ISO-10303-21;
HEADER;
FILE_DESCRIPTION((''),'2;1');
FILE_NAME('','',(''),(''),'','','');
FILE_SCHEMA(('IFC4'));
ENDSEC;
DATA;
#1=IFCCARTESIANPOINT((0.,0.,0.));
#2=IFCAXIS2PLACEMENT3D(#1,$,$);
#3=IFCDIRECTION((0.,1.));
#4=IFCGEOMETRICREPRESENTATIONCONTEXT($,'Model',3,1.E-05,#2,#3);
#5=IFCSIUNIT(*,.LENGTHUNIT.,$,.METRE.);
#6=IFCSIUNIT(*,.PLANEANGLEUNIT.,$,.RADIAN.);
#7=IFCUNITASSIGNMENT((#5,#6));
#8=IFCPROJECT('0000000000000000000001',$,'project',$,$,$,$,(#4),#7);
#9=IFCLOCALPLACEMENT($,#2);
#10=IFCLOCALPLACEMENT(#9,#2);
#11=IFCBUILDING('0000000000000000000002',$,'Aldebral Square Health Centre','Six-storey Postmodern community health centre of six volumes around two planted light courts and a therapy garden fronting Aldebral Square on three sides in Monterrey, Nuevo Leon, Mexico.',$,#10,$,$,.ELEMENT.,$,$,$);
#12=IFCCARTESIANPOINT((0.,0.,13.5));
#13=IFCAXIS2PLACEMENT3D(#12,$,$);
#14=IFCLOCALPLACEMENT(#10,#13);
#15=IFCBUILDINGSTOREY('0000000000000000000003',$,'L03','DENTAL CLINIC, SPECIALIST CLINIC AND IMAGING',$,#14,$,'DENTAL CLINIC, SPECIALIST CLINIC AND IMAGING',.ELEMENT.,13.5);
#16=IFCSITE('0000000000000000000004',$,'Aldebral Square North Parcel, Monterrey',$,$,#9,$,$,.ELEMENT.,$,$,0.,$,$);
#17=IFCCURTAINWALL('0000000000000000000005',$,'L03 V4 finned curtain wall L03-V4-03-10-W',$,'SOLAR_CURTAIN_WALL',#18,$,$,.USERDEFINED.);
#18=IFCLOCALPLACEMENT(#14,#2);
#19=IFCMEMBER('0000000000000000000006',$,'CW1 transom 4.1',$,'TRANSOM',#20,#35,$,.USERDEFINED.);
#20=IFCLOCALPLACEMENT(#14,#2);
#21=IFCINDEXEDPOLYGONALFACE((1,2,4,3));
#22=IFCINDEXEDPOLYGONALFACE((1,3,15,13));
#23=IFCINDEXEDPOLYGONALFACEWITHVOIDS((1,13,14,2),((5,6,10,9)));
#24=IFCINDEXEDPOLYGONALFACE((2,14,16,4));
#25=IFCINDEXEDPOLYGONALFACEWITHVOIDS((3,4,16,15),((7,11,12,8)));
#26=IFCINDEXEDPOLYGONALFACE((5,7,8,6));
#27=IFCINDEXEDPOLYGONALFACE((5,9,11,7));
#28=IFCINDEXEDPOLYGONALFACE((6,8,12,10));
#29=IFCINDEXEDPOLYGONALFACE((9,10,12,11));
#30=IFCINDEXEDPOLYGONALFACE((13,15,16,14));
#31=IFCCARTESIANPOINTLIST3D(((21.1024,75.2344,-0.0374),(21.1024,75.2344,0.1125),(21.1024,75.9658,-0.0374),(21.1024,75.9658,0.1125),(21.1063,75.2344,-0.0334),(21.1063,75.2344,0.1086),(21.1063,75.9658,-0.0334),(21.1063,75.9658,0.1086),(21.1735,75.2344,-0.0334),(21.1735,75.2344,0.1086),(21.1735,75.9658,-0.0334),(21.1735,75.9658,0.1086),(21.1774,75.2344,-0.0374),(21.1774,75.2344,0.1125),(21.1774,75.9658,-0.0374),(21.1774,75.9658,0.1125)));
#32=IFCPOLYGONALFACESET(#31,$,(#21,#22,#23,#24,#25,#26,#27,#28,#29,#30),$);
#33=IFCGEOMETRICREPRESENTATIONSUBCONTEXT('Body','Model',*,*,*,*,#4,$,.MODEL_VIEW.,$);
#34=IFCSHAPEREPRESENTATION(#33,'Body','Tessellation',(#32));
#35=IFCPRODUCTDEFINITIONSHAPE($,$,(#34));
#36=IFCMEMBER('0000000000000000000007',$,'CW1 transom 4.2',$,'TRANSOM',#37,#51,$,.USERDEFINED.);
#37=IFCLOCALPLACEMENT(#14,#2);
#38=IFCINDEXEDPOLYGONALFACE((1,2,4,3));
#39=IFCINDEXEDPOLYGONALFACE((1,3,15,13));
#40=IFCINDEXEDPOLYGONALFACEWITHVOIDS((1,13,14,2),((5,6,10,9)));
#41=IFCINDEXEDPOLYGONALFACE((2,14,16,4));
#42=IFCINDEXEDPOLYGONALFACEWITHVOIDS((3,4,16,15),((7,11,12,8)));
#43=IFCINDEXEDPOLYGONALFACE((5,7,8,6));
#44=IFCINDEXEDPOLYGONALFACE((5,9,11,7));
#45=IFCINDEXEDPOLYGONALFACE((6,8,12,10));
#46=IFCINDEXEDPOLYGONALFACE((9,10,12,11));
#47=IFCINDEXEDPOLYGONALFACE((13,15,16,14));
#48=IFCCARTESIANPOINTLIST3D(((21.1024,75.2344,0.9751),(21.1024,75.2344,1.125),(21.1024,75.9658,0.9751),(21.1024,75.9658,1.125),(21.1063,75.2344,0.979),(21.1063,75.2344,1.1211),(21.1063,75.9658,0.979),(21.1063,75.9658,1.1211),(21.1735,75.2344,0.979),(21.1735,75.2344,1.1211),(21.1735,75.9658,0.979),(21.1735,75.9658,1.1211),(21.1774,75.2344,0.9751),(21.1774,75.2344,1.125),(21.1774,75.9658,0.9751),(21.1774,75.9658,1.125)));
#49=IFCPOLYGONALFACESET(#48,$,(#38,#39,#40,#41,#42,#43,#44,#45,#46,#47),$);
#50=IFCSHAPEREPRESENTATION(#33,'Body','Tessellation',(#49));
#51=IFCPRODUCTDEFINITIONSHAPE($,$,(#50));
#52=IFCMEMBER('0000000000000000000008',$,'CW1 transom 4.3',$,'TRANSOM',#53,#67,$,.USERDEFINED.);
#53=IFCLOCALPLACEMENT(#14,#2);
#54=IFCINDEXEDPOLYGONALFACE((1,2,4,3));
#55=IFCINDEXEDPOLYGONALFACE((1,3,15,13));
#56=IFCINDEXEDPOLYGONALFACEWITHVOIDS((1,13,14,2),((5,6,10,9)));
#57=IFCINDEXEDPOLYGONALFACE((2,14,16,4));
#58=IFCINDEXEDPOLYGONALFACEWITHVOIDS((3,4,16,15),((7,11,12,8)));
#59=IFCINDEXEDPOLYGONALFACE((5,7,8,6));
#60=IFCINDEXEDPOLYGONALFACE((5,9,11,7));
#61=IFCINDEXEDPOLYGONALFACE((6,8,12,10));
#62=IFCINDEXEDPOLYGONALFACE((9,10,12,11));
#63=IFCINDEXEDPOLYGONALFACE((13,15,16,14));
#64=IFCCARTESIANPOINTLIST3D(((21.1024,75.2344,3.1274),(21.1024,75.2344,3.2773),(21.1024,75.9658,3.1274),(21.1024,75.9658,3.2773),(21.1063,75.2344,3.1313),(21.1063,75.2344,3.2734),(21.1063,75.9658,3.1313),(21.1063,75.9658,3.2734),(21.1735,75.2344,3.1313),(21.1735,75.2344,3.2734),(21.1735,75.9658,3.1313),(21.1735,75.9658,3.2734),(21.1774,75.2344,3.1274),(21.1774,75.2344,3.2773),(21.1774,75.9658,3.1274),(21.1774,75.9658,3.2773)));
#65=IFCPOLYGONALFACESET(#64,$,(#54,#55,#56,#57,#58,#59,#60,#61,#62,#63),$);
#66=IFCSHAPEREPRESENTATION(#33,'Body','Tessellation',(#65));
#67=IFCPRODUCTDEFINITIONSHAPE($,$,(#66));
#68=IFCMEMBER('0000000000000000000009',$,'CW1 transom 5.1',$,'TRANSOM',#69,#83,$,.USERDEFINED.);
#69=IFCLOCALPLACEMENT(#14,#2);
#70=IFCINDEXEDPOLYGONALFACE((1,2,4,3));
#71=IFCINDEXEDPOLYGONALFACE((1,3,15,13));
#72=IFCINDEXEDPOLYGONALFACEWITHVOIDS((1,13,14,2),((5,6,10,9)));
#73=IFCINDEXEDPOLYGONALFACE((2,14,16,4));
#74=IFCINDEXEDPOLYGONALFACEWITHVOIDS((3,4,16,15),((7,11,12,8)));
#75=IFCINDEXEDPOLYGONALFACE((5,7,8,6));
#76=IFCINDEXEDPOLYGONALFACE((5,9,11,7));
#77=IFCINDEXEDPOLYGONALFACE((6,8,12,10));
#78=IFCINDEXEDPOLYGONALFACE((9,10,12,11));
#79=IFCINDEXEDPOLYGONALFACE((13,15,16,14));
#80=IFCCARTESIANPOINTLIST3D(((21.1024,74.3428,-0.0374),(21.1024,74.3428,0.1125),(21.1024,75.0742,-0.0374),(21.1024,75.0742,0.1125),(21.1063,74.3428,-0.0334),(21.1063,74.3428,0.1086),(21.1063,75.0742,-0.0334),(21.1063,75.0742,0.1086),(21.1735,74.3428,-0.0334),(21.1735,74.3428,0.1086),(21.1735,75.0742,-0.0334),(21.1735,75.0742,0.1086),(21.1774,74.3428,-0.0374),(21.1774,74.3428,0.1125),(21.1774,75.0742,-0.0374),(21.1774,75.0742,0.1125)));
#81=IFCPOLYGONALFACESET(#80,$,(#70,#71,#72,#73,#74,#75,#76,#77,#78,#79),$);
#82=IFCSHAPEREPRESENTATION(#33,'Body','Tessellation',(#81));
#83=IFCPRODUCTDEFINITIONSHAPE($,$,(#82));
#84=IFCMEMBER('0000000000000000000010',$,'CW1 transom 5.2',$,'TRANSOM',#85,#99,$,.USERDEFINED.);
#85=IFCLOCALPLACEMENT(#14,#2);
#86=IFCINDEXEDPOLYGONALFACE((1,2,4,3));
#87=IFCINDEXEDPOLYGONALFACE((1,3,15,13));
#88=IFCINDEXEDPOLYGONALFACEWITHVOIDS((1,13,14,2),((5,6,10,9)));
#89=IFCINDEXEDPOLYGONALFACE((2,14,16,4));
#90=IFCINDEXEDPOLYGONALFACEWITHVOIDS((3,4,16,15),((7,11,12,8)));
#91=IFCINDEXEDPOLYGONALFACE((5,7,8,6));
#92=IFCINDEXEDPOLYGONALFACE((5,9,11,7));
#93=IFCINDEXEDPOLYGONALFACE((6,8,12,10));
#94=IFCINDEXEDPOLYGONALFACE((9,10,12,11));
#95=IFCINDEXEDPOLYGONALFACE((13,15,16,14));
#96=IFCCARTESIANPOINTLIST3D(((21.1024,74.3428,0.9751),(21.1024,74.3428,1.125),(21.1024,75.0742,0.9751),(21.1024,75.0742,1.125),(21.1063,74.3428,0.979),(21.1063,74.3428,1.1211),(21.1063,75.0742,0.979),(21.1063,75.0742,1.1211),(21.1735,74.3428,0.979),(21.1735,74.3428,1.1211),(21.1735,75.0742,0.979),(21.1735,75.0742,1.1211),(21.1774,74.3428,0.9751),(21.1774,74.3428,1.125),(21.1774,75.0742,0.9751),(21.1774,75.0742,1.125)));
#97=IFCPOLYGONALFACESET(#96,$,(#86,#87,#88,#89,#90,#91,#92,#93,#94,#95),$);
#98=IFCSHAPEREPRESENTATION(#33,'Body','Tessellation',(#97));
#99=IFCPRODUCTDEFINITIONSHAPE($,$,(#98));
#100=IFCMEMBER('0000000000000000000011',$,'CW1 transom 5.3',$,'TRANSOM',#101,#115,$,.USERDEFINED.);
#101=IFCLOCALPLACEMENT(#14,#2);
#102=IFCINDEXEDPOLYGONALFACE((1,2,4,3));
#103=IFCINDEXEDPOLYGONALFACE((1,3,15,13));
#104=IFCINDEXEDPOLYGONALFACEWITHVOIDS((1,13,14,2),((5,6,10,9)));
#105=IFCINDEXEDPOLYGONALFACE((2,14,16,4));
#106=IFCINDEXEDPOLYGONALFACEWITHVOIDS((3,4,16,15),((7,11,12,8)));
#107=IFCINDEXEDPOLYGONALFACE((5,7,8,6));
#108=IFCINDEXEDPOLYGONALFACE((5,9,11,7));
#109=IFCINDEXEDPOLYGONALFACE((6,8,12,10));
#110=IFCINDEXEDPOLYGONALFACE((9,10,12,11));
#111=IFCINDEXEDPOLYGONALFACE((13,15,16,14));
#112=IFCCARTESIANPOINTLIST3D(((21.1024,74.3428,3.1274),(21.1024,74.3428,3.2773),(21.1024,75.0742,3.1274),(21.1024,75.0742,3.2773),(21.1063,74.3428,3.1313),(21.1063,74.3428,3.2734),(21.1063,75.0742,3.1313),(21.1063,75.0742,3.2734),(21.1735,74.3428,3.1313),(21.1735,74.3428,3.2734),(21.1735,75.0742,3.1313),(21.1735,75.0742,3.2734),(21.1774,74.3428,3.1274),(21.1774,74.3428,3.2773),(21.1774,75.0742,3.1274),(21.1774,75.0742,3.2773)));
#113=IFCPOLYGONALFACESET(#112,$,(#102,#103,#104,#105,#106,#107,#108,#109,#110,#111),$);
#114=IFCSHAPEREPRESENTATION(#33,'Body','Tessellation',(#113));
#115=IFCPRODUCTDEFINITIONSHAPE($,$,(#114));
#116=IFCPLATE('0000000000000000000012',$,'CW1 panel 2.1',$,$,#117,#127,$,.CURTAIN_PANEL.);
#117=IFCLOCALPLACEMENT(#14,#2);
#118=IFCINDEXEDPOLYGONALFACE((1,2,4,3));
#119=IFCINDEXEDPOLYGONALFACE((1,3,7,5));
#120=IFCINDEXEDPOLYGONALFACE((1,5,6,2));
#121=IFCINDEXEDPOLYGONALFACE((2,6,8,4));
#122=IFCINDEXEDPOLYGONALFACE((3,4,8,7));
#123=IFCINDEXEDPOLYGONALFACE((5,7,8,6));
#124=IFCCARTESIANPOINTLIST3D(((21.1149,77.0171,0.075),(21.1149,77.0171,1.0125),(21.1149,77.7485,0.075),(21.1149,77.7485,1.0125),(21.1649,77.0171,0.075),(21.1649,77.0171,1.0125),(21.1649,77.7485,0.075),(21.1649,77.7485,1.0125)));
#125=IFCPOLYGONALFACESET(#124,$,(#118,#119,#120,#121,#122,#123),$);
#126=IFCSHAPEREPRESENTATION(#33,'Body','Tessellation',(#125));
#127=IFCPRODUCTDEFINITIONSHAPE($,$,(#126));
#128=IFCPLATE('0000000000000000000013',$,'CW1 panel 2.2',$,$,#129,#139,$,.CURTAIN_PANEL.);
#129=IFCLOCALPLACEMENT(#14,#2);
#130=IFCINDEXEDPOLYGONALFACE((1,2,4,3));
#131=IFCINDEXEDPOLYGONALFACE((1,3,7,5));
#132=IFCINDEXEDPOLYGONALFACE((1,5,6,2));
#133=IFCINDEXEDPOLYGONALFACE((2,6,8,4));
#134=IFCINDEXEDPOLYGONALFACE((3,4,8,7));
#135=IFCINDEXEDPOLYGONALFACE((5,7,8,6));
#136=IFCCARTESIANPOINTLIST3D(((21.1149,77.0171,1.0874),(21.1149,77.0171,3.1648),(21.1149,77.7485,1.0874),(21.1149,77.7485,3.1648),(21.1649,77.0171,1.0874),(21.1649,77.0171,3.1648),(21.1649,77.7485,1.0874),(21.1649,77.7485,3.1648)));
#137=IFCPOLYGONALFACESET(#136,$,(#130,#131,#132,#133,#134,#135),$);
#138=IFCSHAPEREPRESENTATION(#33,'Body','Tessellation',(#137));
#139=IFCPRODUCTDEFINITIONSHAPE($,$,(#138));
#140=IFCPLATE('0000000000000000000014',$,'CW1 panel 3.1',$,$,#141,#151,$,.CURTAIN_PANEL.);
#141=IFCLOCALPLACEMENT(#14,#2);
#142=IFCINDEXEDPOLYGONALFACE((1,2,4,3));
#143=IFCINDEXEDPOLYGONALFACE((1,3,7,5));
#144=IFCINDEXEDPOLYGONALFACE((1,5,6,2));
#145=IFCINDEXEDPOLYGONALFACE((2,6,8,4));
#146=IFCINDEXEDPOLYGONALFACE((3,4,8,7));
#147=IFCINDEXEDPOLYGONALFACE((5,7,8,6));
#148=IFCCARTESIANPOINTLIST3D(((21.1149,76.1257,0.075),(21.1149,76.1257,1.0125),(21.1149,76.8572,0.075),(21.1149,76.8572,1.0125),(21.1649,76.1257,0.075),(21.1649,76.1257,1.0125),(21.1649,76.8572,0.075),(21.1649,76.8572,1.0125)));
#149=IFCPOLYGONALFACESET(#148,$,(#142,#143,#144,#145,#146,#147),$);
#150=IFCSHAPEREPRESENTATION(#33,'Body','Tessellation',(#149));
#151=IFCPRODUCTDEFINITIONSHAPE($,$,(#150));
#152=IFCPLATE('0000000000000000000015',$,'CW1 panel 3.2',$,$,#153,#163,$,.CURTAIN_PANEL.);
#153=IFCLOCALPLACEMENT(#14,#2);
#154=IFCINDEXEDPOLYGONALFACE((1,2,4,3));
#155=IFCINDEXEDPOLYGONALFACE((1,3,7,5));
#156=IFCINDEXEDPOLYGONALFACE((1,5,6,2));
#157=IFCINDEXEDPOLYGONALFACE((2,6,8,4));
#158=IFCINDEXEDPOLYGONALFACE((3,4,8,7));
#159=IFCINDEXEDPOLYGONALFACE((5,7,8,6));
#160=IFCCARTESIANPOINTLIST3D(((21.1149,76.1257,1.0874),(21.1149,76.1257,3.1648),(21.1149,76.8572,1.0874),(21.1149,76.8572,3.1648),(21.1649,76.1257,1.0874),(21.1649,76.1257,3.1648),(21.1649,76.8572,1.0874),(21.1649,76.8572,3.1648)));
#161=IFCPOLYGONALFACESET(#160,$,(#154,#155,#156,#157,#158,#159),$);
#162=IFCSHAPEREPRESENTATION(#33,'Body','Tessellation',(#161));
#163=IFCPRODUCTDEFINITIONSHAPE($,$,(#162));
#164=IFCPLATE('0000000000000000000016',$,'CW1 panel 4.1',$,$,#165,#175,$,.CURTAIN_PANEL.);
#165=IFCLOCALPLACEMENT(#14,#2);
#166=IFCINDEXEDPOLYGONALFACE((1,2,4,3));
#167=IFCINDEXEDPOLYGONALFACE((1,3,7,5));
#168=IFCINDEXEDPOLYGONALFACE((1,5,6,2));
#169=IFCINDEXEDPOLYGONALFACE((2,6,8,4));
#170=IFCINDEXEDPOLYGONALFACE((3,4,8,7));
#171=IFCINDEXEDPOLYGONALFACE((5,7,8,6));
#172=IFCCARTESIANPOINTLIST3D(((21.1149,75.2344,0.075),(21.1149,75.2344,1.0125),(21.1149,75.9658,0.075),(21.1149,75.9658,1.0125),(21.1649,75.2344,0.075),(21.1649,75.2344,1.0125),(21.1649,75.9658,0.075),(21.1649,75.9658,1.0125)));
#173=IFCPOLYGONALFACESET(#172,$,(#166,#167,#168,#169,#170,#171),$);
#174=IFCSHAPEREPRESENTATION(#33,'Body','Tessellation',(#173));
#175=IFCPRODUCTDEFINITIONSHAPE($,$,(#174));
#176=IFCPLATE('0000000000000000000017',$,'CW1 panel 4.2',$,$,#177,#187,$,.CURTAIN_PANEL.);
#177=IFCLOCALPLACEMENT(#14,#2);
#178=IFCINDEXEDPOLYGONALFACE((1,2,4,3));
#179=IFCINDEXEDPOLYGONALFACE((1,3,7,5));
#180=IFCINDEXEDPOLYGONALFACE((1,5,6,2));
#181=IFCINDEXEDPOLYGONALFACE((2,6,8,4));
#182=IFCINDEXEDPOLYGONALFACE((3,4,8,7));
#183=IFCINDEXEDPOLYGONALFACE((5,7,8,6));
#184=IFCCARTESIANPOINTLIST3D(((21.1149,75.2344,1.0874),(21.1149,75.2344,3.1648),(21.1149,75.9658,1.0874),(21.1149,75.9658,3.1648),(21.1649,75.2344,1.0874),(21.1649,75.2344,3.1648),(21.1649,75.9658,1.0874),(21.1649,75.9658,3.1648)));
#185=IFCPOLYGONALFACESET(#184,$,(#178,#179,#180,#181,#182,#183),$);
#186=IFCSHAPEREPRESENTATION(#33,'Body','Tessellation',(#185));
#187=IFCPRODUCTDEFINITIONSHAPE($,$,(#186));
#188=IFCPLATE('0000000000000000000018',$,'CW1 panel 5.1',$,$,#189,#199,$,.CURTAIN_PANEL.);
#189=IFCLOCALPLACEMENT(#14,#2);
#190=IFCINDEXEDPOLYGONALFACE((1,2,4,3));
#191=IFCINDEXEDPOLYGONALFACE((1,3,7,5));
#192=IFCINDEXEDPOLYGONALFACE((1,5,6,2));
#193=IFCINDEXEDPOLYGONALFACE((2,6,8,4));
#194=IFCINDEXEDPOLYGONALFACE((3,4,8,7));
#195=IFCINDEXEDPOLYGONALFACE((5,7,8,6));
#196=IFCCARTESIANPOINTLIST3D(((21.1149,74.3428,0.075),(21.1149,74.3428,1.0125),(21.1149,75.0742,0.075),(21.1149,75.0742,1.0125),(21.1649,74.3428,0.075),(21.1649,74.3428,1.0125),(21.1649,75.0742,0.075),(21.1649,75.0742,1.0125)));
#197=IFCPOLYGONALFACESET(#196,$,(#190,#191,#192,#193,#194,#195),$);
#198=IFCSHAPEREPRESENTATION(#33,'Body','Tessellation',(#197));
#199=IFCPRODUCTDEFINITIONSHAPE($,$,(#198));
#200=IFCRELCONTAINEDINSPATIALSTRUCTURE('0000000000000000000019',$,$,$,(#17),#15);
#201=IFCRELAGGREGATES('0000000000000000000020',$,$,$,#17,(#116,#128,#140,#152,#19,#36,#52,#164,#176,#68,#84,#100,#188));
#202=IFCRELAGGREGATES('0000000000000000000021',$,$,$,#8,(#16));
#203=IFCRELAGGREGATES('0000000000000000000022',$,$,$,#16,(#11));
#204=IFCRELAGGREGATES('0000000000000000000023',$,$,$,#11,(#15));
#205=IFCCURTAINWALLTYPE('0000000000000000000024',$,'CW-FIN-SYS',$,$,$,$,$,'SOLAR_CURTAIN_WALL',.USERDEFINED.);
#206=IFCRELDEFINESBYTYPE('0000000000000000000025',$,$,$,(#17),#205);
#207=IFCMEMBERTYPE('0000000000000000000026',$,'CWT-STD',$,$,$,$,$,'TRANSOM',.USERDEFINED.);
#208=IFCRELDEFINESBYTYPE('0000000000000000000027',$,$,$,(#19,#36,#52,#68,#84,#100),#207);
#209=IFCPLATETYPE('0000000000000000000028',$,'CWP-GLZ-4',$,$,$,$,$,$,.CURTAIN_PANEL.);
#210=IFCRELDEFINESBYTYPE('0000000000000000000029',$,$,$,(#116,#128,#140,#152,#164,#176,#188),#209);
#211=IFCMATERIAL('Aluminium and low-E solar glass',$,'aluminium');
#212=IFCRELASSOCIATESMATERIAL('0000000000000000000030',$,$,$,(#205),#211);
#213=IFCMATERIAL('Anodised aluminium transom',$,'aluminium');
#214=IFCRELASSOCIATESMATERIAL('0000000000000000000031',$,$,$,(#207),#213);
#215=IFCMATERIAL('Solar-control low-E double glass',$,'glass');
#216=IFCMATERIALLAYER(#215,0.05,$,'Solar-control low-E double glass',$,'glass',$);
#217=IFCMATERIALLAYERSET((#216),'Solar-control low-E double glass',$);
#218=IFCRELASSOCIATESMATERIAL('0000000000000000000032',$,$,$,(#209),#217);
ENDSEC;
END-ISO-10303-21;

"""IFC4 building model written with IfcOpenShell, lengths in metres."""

from ifc_helpers import new_model, si_unit, direction, frame, origin, origin_2d, place, context, subcontext, project, spatial, rectangle, hollow_rectangle, extrude, material, layer, layer_set, material_profile, profile_set, type_object, element, aggregate, save


model = new_model("IFC4")

# Units and contexts
model_context = context("Model", 3, precision=1e-05, world=origin(), true_north=direction((0.0, 1.0)))
body_context = subcontext(model_context, "Body", "Model", "MODEL_VIEW")
ifc_project = project(units=[si_unit("LENGTHUNIT", "METRE"), si_unit("PLANEANGLEUNIT", "RADIAN")], contexts=[model_context])

# Site, building, storey
site_placement = place(None, origin())
site = spatial("IfcSite", under=ifc_project, at=site_placement, Name="Aldebral Square North Parcel, Monterrey", CompositionType="ELEMENT", RefElevation=0.0)
building_placement = place(site_placement, origin())
building = spatial("IfcBuilding", under=site, at=building_placement, Name="Aldebral Square Health Centre", Description="Six-storey Postmodern community health centre of six volumes around two planted light courts and a therapy garden fronting Aldebral Square on three sides in Monterrey, Nuevo Leon, Mexico.", CompositionType="ELEMENT")
storey_placement = place(building_placement, frame((0.0, 0.0, 13.5)))
storey = spatial("IfcBuildingStorey", under=building, at=storey_placement, Name="L03", Description="DENTAL CLINIC, SPECIALIST CLINIC AND IMAGING", LongName="DENTAL CLINIC, SPECIALIST CLINIC AND IMAGING", CompositionType="ELEMENT", Elevation=13.5)

# Curtain wall, members, plates
ifc_material_1 = material(Name="Aluminium and low-E solar glass", Category="aluminium")
curtain_wall_type = type_object("IfcCurtainWallType", Name="CW-FIN-SYS", ElementType="SOLAR_CURTAIN_WALL", PredefinedType="USERDEFINED", material=ifc_material_1)
curtain_wall_placement = place(storey_placement, origin())
curtain_wall = element("IfcCurtainWall", 1, at=curtain_wall_placement, inside=storey, type_object=curtain_wall_type, Name="L03 V4 finned curtain wall L03-V4-03-10-W", ObjectType="SOLAR_CURTAIN_WALL", PredefinedType="USERDEFINED")
ifc_material_2 = material(Name="Anodised aluminium transom", Category="aluminium")
ifc_material_profile_1 = material_profile(ifc_material_2, hollow_rectangle(XDim=0.075, YDim=0.1499, WallThickness=0.0039, at=origin_2d()), Name="CWT 75x150x4")
ifc_profile_set_1 = profile_set([ifc_material_profile_1], Name="Anodised aluminium transom")
member_type_1 = type_object("IfcMemberType", Name="CWT-STD", ElementType="TRANSOM", PredefinedType="USERDEFINED", material=ifc_profile_set_1)
member_1_placement = place(storey_placement, frame((21.1399, 75.9658, 0.0376), z_axis=(0.0, -1.0, 0.0), x_axis=(1.0, 0.0, 0.0)))
member_1 = element("IfcMember", 2, at=member_1_placement, type_object=member_type_1, Name="CW1 transom 4.1", ObjectType="TRANSOM", PredefinedType="USERDEFINED", context=body_context, shape_type="SweptSolid", body=[
    extrude(hollow_rectangle(XDim=0.075, YDim=0.1499, WallThickness=0.0039, at=origin_2d()), origin(), (0.0, 0.0, 1.0), 0.7314),
])
member_2_placement = place(storey_placement, frame((21.1399, 75.9658, 1.05), z_axis=(0.0, -1.0, 0.0), x_axis=(1.0, 0.0, 0.0)))
member_2 = element("IfcMember", 3, at=member_2_placement, type_object=member_type_1, Name="CW1 transom 4.2", ObjectType="TRANSOM", PredefinedType="USERDEFINED", context=body_context, shape_type="SweptSolid", body=[
    extrude(hollow_rectangle(XDim=0.075, YDim=0.1499, WallThickness=0.0039, at=origin_2d()), origin(), (0.0, 0.0, 1.0), 0.7314),
])
member_3_placement = place(storey_placement, frame((21.1399, 75.9658, 3.2024), z_axis=(0.0, -1.0, 0.0), x_axis=(1.0, 0.0, 0.0)))
member_3 = element("IfcMember", 4, at=member_3_placement, type_object=member_type_1, Name="CW1 transom 4.3", ObjectType="TRANSOM", PredefinedType="USERDEFINED", context=body_context, shape_type="SweptSolid", body=[
    extrude(hollow_rectangle(XDim=0.075, YDim=0.1499, WallThickness=0.0039, at=origin_2d()), origin(), (0.0, 0.0, 1.0), 0.7314),
])
member_4_placement = place(storey_placement, frame((21.1399, 75.0742, 0.0376), z_axis=(0.0, -1.0, 0.0), x_axis=(1.0, 0.0, 0.0)))
member_4 = element("IfcMember", 5, at=member_4_placement, type_object=member_type_1, Name="CW1 transom 5.1", ObjectType="TRANSOM", PredefinedType="USERDEFINED", context=body_context, shape_type="SweptSolid", body=[
    extrude(hollow_rectangle(XDim=0.075, YDim=0.1499, WallThickness=0.0039, at=origin_2d()), origin(), (0.0, 0.0, 1.0), 0.7314),
])
member_5_placement = place(storey_placement, frame((21.1399, 75.0742, 1.05), z_axis=(0.0, -1.0, 0.0), x_axis=(1.0, 0.0, 0.0)))
member_5 = element("IfcMember", 6, at=member_5_placement, type_object=member_type_1, Name="CW1 transom 5.2", ObjectType="TRANSOM", PredefinedType="USERDEFINED", context=body_context, shape_type="SweptSolid", body=[
    extrude(hollow_rectangle(XDim=0.075, YDim=0.1499, WallThickness=0.0039, at=origin_2d()), origin(), (0.0, 0.0, 1.0), 0.7314),
])
member_6_placement = place(storey_placement, frame((21.1399, 75.0742, 3.2024), z_axis=(0.0, -1.0, 0.0), x_axis=(1.0, 0.0, 0.0)))
member_6 = element("IfcMember", 7, at=member_6_placement, type_object=member_type_1, Name="CW1 transom 5.3", ObjectType="TRANSOM", PredefinedType="USERDEFINED", context=body_context, shape_type="SweptSolid", body=[
    extrude(hollow_rectangle(XDim=0.075, YDim=0.1499, WallThickness=0.0039, at=origin_2d()), origin(), (0.0, 0.0, 1.0), 0.7314),
])
ifc_material_3 = material(Name="Solar-control low-E double glass", Category="glass")
ifc_layer = layer(ifc_material_3, 0.05, Name="Solar-control low-E double glass", Category="glass")
ifc_layer_set = layer_set([ifc_layer], Name="Solar-control low-E double glass")
plate_type = type_object("IfcPlateType", Name="CWP-GLZ-4", PredefinedType="CURTAIN_PANEL", material=ifc_layer_set)
plate_1_placement = place(storey_placement, frame((21.1399, 77.3828, 0.075), z_axis=(0.0, 0.0, 1.0), x_axis=(0.0, -1.0, 0.0)))
plate_1 = element("IfcPlate", 8, at=plate_1_placement, type_object=plate_type, Name="CW1 panel 2.1", PredefinedType="CURTAIN_PANEL", context=body_context, shape_type="SweptSolid", body=[
    extrude(rectangle(XDim=0.7314, YDim=0.05, at=origin_2d()), origin(), (0.0, 0.0, 1.0), 0.9375),
])
plate_2_placement = place(storey_placement, frame((21.1399, 77.3828, 1.0874), z_axis=(0.0, 0.0, 1.0), x_axis=(0.0, -1.0, 0.0)))
plate_2 = element("IfcPlate", 9, at=plate_2_placement, type_object=plate_type, Name="CW1 panel 2.2", PredefinedType="CURTAIN_PANEL", context=body_context, shape_type="SweptSolid", body=[
    extrude(rectangle(XDim=0.7314, YDim=0.05, at=origin_2d()), origin(), (0.0, 0.0, 1.0), 2.0774),
])
plate_3_placement = place(storey_placement, frame((21.1399, 76.4915, 0.075), z_axis=(0.0, 0.0, 1.0), x_axis=(0.0, -1.0, 0.0)))
plate_3 = element("IfcPlate", 10, at=plate_3_placement, type_object=plate_type, Name="CW1 panel 3.1", PredefinedType="CURTAIN_PANEL", context=body_context, shape_type="SweptSolid", body=[
    extrude(rectangle(XDim=0.7314, YDim=0.05, at=origin_2d()), origin(), (0.0, 0.0, 1.0), 0.9375),
])
plate_4_placement = place(storey_placement, frame((21.1399, 76.4915, 1.0874), z_axis=(0.0, 0.0, 1.0), x_axis=(0.0, -1.0, 0.0)))
plate_4 = element("IfcPlate", 11, at=plate_4_placement, type_object=plate_type, Name="CW1 panel 3.2", PredefinedType="CURTAIN_PANEL", context=body_context, shape_type="SweptSolid", body=[
    extrude(rectangle(XDim=0.7314, YDim=0.05, at=origin_2d()), origin(), (0.0, 0.0, 1.0), 2.0774),
])
plate_5_placement = place(storey_placement, frame((21.1399, 75.6001, 0.075), z_axis=(0.0, 0.0, 1.0), x_axis=(0.0, -1.0, 0.0)))
plate_5 = element("IfcPlate", 12, at=plate_5_placement, type_object=plate_type, Name="CW1 panel 4.1", PredefinedType="CURTAIN_PANEL", context=body_context, shape_type="SweptSolid", body=[
    extrude(rectangle(XDim=0.7314, YDim=0.05, at=origin_2d()), origin(), (0.0, 0.0, 1.0), 0.9375),
])
plate_6_placement = place(storey_placement, frame((21.1399, 75.6001, 1.0874), z_axis=(0.0, 0.0, 1.0), x_axis=(0.0, -1.0, 0.0)))
plate_6 = element("IfcPlate", 13, at=plate_6_placement, type_object=plate_type, Name="CW1 panel 4.2", PredefinedType="CURTAIN_PANEL", context=body_context, shape_type="SweptSolid", body=[
    extrude(rectangle(XDim=0.7314, YDim=0.05, at=origin_2d()), origin(), (0.0, 0.0, 1.0), 2.0774),
])
plate_7_placement = place(storey_placement, frame((21.1399, 74.7085, 0.075), z_axis=(0.0, 0.0, 1.0), x_axis=(0.0, -1.0, 0.0)))
plate_7 = element("IfcPlate", 14, at=plate_7_placement, type_object=plate_type, Name="CW1 panel 5.1", PredefinedType="CURTAIN_PANEL", context=body_context, shape_type="SweptSolid", body=[
    extrude(rectangle(XDim=0.7314, YDim=0.05, at=origin_2d()), origin(), (0.0, 0.0, 1.0), 0.9375),
])
aggregate(curtain_wall, [plate_1, plate_2, plate_3, plate_4, member_1, member_2, member_3, plate_5, plate_6, member_4, member_5, member_6, plate_7])

save(model, "model.ifc")
